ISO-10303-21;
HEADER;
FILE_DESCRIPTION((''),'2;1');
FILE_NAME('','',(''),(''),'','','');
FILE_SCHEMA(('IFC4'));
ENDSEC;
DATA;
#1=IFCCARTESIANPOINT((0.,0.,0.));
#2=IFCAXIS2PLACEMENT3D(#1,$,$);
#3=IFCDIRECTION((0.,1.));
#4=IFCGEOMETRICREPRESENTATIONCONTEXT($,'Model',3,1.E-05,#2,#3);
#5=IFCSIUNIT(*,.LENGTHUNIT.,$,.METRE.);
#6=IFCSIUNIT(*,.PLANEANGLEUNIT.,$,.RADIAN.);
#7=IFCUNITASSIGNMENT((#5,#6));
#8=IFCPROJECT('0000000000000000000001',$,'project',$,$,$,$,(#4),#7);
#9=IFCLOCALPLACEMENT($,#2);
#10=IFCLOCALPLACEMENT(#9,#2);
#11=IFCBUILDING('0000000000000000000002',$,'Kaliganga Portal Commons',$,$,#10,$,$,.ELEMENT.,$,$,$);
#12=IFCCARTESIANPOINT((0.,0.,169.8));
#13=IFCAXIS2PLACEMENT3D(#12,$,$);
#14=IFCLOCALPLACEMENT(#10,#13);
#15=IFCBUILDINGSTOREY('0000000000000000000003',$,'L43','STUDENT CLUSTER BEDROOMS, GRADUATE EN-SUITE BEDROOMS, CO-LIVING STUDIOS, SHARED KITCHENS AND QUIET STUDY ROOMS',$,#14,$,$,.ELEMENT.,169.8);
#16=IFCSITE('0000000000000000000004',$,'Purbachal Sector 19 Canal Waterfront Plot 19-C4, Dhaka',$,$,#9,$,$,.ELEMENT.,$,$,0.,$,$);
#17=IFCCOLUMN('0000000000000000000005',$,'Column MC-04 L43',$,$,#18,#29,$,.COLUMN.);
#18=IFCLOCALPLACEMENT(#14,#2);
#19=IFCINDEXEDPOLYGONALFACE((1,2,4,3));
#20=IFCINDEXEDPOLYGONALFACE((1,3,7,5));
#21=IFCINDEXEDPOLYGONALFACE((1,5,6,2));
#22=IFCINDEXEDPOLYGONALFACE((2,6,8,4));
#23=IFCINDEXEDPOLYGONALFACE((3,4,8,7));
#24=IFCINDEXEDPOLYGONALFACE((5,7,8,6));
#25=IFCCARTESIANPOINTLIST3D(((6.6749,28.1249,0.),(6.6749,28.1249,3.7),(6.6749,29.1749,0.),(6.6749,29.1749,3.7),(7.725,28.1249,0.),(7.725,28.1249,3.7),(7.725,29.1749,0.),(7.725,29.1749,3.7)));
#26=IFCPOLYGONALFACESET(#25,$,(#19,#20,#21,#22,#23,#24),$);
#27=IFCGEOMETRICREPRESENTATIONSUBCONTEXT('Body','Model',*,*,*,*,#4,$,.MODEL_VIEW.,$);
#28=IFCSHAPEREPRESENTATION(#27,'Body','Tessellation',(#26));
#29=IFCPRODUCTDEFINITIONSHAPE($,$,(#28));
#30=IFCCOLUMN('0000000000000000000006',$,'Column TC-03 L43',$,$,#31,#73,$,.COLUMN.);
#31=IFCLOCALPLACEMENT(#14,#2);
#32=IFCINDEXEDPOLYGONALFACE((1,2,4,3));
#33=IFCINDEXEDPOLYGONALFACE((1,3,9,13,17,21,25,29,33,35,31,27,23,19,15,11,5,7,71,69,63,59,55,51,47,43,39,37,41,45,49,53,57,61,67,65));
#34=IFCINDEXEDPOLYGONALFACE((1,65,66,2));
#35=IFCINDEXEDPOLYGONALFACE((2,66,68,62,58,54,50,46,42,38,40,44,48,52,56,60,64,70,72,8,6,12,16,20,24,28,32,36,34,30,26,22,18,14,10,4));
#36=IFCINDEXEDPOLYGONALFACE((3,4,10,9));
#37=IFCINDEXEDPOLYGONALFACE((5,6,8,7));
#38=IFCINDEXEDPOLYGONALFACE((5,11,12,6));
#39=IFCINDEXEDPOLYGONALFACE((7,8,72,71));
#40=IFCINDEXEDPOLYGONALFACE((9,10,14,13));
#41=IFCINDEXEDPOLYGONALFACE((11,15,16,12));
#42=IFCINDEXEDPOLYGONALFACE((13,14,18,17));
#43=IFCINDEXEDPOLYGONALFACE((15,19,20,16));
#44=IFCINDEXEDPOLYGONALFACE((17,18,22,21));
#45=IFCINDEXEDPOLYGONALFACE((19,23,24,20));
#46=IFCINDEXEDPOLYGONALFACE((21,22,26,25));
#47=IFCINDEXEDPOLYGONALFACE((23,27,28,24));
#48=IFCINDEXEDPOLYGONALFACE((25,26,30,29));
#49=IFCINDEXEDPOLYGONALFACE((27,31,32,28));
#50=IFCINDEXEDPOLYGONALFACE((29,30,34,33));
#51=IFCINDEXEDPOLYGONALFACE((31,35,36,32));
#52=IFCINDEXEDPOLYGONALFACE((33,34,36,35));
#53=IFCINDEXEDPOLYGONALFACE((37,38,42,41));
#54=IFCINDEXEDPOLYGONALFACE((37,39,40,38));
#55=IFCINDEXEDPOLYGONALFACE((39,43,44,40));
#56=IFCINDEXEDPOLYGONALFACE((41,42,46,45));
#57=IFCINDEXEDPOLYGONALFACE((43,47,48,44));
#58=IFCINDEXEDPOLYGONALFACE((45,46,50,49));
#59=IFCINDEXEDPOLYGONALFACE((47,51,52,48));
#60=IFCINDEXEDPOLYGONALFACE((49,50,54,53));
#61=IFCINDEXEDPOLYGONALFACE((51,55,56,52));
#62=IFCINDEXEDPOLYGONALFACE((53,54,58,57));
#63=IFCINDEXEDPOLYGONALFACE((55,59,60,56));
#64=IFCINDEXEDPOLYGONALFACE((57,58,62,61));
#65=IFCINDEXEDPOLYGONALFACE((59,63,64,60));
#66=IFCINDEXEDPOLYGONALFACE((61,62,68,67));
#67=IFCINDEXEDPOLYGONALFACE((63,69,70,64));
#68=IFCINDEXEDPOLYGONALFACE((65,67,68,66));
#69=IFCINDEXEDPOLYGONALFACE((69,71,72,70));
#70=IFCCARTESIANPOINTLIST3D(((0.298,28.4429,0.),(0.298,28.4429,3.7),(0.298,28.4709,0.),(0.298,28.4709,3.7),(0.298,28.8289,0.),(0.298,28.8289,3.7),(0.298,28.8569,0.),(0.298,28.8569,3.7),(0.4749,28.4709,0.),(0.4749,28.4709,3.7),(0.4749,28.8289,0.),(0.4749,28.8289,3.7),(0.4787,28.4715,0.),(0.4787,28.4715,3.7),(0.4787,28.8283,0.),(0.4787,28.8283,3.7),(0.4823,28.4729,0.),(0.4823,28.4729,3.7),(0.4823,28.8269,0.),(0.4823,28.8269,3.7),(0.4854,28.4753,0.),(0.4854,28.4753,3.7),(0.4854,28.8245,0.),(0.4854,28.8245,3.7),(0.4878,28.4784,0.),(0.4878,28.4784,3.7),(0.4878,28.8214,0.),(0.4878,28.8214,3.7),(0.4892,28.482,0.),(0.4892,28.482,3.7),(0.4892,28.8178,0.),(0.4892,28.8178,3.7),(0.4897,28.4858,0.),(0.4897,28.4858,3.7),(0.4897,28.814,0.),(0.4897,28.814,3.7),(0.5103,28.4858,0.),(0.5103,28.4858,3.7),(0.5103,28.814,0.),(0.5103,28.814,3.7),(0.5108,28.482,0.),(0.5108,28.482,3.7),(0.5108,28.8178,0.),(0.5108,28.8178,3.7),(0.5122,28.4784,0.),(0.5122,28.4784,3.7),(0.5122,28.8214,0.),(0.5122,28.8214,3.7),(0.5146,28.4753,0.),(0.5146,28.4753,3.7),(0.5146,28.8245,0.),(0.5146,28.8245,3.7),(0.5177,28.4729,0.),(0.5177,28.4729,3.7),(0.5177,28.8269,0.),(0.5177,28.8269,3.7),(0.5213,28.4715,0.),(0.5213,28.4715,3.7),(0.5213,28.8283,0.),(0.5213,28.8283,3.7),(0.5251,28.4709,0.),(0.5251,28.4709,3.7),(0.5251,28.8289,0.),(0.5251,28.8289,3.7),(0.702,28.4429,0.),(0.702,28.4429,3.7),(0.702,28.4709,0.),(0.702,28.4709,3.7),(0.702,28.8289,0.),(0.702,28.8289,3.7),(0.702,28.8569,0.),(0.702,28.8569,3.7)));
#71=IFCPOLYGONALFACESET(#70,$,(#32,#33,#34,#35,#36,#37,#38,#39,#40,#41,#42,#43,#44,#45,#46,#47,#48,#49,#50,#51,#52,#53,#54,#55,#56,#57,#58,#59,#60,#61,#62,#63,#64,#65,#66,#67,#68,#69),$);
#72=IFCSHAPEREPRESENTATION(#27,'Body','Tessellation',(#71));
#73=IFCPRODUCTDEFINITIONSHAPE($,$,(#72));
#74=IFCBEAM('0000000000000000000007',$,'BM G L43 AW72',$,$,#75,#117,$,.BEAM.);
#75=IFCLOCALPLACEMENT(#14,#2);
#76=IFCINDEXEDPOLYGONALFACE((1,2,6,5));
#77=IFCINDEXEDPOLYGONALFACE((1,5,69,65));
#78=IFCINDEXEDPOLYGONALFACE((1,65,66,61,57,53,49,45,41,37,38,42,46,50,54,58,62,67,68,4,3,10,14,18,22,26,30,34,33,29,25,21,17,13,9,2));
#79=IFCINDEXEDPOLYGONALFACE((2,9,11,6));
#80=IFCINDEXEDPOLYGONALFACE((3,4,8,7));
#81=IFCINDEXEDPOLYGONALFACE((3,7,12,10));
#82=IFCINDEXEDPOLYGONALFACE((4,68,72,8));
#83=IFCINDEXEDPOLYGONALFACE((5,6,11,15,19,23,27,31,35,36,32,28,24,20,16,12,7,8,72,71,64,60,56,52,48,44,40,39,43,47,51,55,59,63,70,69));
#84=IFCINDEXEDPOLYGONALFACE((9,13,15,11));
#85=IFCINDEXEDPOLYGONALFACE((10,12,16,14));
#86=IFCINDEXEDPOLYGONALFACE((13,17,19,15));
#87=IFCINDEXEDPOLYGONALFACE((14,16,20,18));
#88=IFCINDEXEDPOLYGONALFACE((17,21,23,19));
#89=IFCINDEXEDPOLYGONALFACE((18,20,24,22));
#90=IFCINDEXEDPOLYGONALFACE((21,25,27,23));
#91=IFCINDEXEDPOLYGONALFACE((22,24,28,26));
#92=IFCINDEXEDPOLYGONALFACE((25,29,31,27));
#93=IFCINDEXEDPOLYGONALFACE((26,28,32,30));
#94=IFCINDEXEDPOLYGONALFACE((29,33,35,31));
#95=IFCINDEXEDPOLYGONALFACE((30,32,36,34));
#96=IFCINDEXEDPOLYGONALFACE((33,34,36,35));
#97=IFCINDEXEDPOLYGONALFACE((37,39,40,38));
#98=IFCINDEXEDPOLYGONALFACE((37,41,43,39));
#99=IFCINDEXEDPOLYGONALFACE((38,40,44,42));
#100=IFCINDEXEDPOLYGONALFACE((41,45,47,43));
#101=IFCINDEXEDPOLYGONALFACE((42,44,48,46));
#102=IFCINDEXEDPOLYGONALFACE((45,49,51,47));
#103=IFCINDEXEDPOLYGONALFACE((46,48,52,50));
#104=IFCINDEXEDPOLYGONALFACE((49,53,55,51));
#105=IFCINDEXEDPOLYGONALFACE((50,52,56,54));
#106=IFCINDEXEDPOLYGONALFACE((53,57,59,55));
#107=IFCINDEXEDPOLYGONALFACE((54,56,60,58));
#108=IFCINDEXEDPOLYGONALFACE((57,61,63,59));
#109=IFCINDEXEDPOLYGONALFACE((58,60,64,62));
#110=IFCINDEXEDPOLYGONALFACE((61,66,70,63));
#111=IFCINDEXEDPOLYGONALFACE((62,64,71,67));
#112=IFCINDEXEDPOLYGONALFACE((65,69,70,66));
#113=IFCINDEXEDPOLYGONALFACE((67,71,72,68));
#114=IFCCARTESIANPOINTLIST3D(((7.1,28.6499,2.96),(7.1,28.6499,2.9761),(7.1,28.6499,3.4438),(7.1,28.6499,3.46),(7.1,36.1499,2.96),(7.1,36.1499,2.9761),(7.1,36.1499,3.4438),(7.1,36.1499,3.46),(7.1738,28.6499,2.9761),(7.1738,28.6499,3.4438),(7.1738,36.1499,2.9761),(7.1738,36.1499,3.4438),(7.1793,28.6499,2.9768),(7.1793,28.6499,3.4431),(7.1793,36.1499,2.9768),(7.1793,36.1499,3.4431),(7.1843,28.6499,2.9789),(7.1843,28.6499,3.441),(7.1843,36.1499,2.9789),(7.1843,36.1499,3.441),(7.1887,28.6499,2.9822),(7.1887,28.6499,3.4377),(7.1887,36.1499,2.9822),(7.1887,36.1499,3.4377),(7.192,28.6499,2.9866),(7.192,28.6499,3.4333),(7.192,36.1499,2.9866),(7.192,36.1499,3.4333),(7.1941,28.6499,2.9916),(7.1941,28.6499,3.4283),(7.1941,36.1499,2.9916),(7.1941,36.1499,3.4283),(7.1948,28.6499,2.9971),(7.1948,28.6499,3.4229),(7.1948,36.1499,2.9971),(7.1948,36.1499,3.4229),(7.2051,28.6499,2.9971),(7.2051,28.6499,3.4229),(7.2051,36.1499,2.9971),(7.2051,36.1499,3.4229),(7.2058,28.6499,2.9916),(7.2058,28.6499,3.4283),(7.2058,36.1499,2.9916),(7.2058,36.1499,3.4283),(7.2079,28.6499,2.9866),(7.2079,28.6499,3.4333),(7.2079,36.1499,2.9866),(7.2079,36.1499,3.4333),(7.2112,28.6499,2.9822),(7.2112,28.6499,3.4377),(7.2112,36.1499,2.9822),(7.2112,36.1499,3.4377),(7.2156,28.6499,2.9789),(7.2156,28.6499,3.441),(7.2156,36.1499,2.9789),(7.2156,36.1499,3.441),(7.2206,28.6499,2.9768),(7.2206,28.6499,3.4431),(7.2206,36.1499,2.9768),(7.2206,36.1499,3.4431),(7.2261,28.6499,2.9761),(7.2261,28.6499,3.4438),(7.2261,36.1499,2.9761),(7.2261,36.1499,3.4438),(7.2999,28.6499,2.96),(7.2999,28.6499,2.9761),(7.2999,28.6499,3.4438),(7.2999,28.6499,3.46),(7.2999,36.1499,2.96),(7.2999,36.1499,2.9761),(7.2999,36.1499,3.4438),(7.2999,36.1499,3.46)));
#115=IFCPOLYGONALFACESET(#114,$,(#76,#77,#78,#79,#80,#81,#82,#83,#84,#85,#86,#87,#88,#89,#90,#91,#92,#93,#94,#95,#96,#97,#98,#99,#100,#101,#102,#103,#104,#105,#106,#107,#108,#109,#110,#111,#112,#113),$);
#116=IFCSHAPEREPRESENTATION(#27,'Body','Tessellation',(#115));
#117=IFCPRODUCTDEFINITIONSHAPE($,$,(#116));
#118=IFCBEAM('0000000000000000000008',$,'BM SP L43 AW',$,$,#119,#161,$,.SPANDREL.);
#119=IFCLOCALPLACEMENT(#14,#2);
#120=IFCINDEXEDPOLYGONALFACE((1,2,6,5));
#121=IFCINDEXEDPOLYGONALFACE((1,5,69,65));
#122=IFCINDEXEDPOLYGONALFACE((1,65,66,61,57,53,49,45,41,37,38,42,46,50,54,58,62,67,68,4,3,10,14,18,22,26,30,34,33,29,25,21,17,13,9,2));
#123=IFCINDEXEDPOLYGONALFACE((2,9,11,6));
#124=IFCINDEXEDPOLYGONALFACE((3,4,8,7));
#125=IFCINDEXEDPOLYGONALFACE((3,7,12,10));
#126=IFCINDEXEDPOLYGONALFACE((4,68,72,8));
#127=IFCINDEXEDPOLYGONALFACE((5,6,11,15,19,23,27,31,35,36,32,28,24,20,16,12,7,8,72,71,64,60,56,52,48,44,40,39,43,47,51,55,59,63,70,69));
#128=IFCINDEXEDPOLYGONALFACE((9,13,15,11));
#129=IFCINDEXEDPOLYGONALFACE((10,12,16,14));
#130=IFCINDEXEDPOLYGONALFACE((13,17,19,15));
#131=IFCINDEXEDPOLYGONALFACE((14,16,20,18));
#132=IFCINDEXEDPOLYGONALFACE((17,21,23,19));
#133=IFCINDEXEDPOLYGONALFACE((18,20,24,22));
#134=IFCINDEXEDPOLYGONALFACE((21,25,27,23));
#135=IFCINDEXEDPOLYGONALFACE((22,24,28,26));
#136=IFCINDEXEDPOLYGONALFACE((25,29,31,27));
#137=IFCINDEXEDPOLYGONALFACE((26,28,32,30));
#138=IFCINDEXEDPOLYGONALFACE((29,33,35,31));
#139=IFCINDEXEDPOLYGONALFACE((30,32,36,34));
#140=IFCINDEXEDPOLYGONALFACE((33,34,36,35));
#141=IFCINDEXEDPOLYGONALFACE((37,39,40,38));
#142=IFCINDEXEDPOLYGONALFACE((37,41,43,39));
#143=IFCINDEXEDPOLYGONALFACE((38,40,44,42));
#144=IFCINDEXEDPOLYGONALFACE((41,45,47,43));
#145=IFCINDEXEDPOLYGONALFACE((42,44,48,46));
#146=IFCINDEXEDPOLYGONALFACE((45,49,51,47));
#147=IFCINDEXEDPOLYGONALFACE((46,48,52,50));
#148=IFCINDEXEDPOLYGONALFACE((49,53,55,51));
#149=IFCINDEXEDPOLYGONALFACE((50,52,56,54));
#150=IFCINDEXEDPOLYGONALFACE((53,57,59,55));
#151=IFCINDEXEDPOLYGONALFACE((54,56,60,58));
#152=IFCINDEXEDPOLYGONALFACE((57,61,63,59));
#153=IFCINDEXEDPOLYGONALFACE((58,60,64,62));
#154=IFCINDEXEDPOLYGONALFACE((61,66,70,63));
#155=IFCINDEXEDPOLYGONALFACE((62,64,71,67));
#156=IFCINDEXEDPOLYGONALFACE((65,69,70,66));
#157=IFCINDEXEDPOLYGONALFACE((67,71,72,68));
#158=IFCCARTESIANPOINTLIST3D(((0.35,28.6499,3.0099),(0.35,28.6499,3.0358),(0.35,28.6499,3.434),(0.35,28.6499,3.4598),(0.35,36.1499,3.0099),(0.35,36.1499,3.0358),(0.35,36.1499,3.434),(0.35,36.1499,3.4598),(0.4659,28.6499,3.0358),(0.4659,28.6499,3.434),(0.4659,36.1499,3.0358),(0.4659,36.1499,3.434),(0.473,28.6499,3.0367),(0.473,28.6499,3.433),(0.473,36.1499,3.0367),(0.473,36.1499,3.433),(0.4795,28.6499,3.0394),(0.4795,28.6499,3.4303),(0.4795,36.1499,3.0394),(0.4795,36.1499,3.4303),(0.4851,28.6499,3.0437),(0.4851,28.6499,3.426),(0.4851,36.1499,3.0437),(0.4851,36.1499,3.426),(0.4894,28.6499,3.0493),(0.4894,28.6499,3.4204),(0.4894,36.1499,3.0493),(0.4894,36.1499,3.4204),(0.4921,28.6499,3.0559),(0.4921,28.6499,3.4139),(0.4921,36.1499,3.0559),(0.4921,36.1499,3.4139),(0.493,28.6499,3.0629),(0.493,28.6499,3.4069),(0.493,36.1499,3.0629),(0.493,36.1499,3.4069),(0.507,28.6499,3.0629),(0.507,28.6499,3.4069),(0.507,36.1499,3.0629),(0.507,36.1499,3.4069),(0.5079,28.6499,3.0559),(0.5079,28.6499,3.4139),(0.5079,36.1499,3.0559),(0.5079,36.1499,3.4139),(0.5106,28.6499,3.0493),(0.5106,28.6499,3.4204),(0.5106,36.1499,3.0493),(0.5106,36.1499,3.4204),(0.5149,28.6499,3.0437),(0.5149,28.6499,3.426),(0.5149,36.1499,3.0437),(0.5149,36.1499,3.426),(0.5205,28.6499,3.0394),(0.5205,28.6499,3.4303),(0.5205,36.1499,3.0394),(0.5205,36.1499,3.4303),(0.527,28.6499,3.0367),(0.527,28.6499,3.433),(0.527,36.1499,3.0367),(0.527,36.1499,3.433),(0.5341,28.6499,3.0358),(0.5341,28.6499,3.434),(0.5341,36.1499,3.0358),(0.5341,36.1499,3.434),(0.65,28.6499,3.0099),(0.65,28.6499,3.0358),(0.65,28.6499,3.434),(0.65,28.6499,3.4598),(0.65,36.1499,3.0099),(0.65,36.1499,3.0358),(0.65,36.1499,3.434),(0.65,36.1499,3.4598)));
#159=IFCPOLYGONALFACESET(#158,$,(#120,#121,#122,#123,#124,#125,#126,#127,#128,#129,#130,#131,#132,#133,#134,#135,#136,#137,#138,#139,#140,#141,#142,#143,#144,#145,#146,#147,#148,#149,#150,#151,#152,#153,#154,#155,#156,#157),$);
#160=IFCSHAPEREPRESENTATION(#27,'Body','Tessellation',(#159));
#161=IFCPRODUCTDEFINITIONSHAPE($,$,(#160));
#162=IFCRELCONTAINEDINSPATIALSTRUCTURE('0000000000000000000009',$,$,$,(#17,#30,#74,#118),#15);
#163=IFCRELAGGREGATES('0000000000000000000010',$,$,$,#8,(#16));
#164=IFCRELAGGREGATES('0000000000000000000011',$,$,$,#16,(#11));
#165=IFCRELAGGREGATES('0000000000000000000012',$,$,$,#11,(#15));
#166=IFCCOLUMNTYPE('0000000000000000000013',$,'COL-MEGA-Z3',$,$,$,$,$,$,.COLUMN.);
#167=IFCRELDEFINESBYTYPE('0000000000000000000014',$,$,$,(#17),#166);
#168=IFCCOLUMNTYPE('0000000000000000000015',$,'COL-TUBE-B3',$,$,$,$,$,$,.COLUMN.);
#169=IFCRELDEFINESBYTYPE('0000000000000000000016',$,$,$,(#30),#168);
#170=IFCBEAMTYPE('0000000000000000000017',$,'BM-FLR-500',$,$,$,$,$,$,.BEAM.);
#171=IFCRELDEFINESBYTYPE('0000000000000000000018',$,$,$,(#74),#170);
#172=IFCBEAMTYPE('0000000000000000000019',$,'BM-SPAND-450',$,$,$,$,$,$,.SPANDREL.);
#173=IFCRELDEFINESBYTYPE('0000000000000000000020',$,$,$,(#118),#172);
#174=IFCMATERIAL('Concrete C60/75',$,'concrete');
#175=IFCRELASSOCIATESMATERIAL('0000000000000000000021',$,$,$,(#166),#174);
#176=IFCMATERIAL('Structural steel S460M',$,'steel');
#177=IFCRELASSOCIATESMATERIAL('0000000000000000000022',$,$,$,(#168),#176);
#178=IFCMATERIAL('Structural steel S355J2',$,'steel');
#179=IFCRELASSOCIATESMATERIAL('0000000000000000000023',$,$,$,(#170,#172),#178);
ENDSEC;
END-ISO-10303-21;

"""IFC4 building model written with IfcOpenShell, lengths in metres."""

from ifc_helpers import new_model, si_unit, direction, frame, origin, origin_2d, place, context, subcontext, project, spatial, rectangle, i_section, extrude, source, transform, mapped, material, material_profile, profile_set, type_object, element, save


model = new_model("IFC4")

# Units and contexts
model_context = context("Model", 3, precision=1e-05, world=origin(), true_north=direction((0.0, 1.0)))
body_context = subcontext(model_context, "Body", "Model", "MODEL_VIEW")
ifc_project = project(units=[si_unit("LENGTHUNIT", "METRE"), si_unit("PLANEANGLEUNIT", "RADIAN")], contexts=[model_context])

# Site, building, storey
site_placement = place(None, origin())
site = spatial("IfcSite", under=ifc_project, at=site_placement, Name="Purbachal Sector 19 Canal Waterfront Plot 19-C4, Dhaka", CompositionType="ELEMENT", RefElevation=0.0)
building_placement = place(site_placement, origin())
building = spatial("IfcBuilding", under=site, at=building_placement, Name="Kaliganga Portal Commons", CompositionType="ELEMENT")
storey_placement = place(building_placement, frame((0.0, 0.0, 169.8)))
storey = spatial("IfcBuildingStorey", under=building, at=storey_placement, Name="L43", Description="STUDENT CLUSTER BEDROOMS, GRADUATE EN-SUITE BEDROOMS, CO-LIVING STUDIOS, SHARED KITCHENS AND QUIET STUDY ROOMS", CompositionType="ELEMENT", Elevation=169.8)

# Columns
ifc_material_1 = material(Name="Concrete C60/75", Category="concrete")
ifc_material_profile_1 = material_profile(ifc_material_1, rectangle(XDim=1.05, YDim=1.05, at=origin_2d()), Name="RC 1050x1050")
ifc_profile_set_1 = profile_set([ifc_material_profile_1], Name="Concrete C60/75")
column_type_1 = type_object("IfcColumnType", Name="COL-MEGA-Z3", PredefinedType="COLUMN", material=ifc_profile_set_1)
shared_shape_1 = source(origin(), body_context, "Body", "SweptSolid", [
    extrude(rectangle(XDim=1.05, YDim=1.05, at=origin_2d()), origin(), (0.0, 0.0, 1.0), 3.7),
])
column_1_placement = place(storey_placement, frame((7.2, 28.6499, 0.0), z_axis=(0.0, 0.0, 1.0), x_axis=(1.0, 0.0, 0.0)))
element("IfcColumn", 1, at=column_1_placement, inside=storey, type_object=column_type_1, Name="Column MC-04 L43", PredefinedType="COLUMN", context=body_context, shape_type="MappedRepresentation", body=[
    mapped(shared_shape_1, transform((0.0, 0.0, 0.0), x_axis=(1.0, 0.0, 0.0), y_axis=(0.0, 1.0, 0.0), z_axis=(0.0, 0.0, 1.0), scale=1.0)),
])
ifc_material_2 = material(Name="Structural steel S460M", Category="steel")
ifc_material_profile_2 = material_profile(ifc_material_2, i_section(OverallWidth=0.4041, OverallDepth=0.4141, WebThickness=0.0205, FlangeThickness=0.0281, FilletRadius=0.0149, at=origin_2d()), Name="HD 400x347")
ifc_profile_set_2 = profile_set([ifc_material_profile_2], Name="Structural steel S460M wide-flange")
column_type_2 = type_object("IfcColumnType", Name="COL-TUBE-B3", PredefinedType="COLUMN", material=ifc_profile_set_2)
shared_shape_2 = source(origin(), body_context, "Body", "SweptSolid", [
    extrude(i_section(OverallWidth=0.4041, OverallDepth=0.4141, WebThickness=0.0205, FlangeThickness=0.0281, FilletRadius=0.0149, at=origin_2d()), origin(), (0.0, 0.0, 1.0), 3.7),
])
column_2_placement = place(storey_placement, frame((0.5, 28.6499, 0.0), z_axis=(0.0, 0.0, 1.0), x_axis=(1.0, 0.0, 0.0)))
element("IfcColumn", 2, at=column_2_placement, inside=storey, type_object=column_type_2, Name="Column TC-03 L43", PredefinedType="COLUMN", context=body_context, shape_type="MappedRepresentation", body=[
    mapped(shared_shape_2, transform((0.0, 0.0, 0.0), x_axis=(1.0, 0.0, 0.0), y_axis=(0.0, 1.0, 0.0), z_axis=(0.0, 0.0, 1.0), scale=1.0)),
])

# Beams
ifc_material_3 = material(Name="Structural steel S355J2", Category="steel")
ifc_material_profile_3 = material_profile(ifc_material_3, i_section(OverallWidth=0.2, OverallDepth=0.5, WebThickness=0.0103, FlangeThickness=0.0161, FilletRadius=0.021, at=origin_2d()), Name="IPE 500")
ifc_profile_set_3 = profile_set([ifc_material_profile_3], Name="Structural steel S355J2 wide-flange")
beam_type_1 = type_object("IfcBeamType", Name="BM-FLR-500", PredefinedType="BEAM", material=ifc_profile_set_3)
shared_shape_3 = source(origin(), body_context, "Body", "SweptSolid", [
    extrude(i_section(OverallWidth=0.2, OverallDepth=0.5, WebThickness=0.0103, FlangeThickness=0.0161, FilletRadius=0.021, at=origin_2d()), origin(), (0.0, 0.0, 1.0), 7.5),
])
beam_1_placement = place(storey_placement, frame((7.2, 28.6499, 3.21), z_axis=(0.0, 1.0, 0.0), x_axis=(-1.0, 0.0, 0.0)))
element("IfcBeam", 3, at=beam_1_placement, inside=storey, type_object=beam_type_1, Name="BM G L43 AW72", PredefinedType="BEAM", context=body_context, shape_type="MappedRepresentation", body=[
    mapped(shared_shape_3, transform((0.0, 0.0, 0.0), x_axis=(1.0, 0.0, 0.0), y_axis=(0.0, 1.0, 0.0), z_axis=(0.0, 0.0, 1.0), scale=1.0)),
])
ifc_material_profile_4 = material_profile(ifc_material_3, i_section(OverallWidth=0.3, OverallDepth=0.45, WebThickness=0.0139, FlangeThickness=0.0259, FilletRadius=0.0271, at=origin_2d()), Name="HE 450 B")
ifc_profile_set_4 = profile_set([ifc_material_profile_4], Name="Structural steel S355J2 wide-flange")
beam_type_2 = type_object("IfcBeamType", Name="BM-SPAND-450", PredefinedType="SPANDREL", material=ifc_profile_set_4)
shared_shape_4 = source(origin(), body_context, "Body", "SweptSolid", [
    extrude(i_section(OverallWidth=0.3, OverallDepth=0.45, WebThickness=0.0139, FlangeThickness=0.0259, FilletRadius=0.0271, at=origin_2d()), origin(), (0.0, 0.0, 1.0), 7.5),
])
beam_2_placement = place(storey_placement, frame((0.5, 28.6499, 3.2349), z_axis=(0.0, 1.0, 0.0), x_axis=(-1.0, 0.0, 0.0)))
element("IfcBeam", 4, at=beam_2_placement, inside=storey, type_object=beam_type_2, Name="BM SP L43 AW", PredefinedType="SPANDREL", context=body_context, shape_type="MappedRepresentation", body=[
    mapped(shared_shape_4, transform((0.0, 0.0, 0.0), x_axis=(1.0, 0.0, 0.0), y_axis=(0.0, 1.0, 0.0), z_axis=(0.0, 0.0, 1.0), scale=1.0)),
])

save(model, "model.ifc")
